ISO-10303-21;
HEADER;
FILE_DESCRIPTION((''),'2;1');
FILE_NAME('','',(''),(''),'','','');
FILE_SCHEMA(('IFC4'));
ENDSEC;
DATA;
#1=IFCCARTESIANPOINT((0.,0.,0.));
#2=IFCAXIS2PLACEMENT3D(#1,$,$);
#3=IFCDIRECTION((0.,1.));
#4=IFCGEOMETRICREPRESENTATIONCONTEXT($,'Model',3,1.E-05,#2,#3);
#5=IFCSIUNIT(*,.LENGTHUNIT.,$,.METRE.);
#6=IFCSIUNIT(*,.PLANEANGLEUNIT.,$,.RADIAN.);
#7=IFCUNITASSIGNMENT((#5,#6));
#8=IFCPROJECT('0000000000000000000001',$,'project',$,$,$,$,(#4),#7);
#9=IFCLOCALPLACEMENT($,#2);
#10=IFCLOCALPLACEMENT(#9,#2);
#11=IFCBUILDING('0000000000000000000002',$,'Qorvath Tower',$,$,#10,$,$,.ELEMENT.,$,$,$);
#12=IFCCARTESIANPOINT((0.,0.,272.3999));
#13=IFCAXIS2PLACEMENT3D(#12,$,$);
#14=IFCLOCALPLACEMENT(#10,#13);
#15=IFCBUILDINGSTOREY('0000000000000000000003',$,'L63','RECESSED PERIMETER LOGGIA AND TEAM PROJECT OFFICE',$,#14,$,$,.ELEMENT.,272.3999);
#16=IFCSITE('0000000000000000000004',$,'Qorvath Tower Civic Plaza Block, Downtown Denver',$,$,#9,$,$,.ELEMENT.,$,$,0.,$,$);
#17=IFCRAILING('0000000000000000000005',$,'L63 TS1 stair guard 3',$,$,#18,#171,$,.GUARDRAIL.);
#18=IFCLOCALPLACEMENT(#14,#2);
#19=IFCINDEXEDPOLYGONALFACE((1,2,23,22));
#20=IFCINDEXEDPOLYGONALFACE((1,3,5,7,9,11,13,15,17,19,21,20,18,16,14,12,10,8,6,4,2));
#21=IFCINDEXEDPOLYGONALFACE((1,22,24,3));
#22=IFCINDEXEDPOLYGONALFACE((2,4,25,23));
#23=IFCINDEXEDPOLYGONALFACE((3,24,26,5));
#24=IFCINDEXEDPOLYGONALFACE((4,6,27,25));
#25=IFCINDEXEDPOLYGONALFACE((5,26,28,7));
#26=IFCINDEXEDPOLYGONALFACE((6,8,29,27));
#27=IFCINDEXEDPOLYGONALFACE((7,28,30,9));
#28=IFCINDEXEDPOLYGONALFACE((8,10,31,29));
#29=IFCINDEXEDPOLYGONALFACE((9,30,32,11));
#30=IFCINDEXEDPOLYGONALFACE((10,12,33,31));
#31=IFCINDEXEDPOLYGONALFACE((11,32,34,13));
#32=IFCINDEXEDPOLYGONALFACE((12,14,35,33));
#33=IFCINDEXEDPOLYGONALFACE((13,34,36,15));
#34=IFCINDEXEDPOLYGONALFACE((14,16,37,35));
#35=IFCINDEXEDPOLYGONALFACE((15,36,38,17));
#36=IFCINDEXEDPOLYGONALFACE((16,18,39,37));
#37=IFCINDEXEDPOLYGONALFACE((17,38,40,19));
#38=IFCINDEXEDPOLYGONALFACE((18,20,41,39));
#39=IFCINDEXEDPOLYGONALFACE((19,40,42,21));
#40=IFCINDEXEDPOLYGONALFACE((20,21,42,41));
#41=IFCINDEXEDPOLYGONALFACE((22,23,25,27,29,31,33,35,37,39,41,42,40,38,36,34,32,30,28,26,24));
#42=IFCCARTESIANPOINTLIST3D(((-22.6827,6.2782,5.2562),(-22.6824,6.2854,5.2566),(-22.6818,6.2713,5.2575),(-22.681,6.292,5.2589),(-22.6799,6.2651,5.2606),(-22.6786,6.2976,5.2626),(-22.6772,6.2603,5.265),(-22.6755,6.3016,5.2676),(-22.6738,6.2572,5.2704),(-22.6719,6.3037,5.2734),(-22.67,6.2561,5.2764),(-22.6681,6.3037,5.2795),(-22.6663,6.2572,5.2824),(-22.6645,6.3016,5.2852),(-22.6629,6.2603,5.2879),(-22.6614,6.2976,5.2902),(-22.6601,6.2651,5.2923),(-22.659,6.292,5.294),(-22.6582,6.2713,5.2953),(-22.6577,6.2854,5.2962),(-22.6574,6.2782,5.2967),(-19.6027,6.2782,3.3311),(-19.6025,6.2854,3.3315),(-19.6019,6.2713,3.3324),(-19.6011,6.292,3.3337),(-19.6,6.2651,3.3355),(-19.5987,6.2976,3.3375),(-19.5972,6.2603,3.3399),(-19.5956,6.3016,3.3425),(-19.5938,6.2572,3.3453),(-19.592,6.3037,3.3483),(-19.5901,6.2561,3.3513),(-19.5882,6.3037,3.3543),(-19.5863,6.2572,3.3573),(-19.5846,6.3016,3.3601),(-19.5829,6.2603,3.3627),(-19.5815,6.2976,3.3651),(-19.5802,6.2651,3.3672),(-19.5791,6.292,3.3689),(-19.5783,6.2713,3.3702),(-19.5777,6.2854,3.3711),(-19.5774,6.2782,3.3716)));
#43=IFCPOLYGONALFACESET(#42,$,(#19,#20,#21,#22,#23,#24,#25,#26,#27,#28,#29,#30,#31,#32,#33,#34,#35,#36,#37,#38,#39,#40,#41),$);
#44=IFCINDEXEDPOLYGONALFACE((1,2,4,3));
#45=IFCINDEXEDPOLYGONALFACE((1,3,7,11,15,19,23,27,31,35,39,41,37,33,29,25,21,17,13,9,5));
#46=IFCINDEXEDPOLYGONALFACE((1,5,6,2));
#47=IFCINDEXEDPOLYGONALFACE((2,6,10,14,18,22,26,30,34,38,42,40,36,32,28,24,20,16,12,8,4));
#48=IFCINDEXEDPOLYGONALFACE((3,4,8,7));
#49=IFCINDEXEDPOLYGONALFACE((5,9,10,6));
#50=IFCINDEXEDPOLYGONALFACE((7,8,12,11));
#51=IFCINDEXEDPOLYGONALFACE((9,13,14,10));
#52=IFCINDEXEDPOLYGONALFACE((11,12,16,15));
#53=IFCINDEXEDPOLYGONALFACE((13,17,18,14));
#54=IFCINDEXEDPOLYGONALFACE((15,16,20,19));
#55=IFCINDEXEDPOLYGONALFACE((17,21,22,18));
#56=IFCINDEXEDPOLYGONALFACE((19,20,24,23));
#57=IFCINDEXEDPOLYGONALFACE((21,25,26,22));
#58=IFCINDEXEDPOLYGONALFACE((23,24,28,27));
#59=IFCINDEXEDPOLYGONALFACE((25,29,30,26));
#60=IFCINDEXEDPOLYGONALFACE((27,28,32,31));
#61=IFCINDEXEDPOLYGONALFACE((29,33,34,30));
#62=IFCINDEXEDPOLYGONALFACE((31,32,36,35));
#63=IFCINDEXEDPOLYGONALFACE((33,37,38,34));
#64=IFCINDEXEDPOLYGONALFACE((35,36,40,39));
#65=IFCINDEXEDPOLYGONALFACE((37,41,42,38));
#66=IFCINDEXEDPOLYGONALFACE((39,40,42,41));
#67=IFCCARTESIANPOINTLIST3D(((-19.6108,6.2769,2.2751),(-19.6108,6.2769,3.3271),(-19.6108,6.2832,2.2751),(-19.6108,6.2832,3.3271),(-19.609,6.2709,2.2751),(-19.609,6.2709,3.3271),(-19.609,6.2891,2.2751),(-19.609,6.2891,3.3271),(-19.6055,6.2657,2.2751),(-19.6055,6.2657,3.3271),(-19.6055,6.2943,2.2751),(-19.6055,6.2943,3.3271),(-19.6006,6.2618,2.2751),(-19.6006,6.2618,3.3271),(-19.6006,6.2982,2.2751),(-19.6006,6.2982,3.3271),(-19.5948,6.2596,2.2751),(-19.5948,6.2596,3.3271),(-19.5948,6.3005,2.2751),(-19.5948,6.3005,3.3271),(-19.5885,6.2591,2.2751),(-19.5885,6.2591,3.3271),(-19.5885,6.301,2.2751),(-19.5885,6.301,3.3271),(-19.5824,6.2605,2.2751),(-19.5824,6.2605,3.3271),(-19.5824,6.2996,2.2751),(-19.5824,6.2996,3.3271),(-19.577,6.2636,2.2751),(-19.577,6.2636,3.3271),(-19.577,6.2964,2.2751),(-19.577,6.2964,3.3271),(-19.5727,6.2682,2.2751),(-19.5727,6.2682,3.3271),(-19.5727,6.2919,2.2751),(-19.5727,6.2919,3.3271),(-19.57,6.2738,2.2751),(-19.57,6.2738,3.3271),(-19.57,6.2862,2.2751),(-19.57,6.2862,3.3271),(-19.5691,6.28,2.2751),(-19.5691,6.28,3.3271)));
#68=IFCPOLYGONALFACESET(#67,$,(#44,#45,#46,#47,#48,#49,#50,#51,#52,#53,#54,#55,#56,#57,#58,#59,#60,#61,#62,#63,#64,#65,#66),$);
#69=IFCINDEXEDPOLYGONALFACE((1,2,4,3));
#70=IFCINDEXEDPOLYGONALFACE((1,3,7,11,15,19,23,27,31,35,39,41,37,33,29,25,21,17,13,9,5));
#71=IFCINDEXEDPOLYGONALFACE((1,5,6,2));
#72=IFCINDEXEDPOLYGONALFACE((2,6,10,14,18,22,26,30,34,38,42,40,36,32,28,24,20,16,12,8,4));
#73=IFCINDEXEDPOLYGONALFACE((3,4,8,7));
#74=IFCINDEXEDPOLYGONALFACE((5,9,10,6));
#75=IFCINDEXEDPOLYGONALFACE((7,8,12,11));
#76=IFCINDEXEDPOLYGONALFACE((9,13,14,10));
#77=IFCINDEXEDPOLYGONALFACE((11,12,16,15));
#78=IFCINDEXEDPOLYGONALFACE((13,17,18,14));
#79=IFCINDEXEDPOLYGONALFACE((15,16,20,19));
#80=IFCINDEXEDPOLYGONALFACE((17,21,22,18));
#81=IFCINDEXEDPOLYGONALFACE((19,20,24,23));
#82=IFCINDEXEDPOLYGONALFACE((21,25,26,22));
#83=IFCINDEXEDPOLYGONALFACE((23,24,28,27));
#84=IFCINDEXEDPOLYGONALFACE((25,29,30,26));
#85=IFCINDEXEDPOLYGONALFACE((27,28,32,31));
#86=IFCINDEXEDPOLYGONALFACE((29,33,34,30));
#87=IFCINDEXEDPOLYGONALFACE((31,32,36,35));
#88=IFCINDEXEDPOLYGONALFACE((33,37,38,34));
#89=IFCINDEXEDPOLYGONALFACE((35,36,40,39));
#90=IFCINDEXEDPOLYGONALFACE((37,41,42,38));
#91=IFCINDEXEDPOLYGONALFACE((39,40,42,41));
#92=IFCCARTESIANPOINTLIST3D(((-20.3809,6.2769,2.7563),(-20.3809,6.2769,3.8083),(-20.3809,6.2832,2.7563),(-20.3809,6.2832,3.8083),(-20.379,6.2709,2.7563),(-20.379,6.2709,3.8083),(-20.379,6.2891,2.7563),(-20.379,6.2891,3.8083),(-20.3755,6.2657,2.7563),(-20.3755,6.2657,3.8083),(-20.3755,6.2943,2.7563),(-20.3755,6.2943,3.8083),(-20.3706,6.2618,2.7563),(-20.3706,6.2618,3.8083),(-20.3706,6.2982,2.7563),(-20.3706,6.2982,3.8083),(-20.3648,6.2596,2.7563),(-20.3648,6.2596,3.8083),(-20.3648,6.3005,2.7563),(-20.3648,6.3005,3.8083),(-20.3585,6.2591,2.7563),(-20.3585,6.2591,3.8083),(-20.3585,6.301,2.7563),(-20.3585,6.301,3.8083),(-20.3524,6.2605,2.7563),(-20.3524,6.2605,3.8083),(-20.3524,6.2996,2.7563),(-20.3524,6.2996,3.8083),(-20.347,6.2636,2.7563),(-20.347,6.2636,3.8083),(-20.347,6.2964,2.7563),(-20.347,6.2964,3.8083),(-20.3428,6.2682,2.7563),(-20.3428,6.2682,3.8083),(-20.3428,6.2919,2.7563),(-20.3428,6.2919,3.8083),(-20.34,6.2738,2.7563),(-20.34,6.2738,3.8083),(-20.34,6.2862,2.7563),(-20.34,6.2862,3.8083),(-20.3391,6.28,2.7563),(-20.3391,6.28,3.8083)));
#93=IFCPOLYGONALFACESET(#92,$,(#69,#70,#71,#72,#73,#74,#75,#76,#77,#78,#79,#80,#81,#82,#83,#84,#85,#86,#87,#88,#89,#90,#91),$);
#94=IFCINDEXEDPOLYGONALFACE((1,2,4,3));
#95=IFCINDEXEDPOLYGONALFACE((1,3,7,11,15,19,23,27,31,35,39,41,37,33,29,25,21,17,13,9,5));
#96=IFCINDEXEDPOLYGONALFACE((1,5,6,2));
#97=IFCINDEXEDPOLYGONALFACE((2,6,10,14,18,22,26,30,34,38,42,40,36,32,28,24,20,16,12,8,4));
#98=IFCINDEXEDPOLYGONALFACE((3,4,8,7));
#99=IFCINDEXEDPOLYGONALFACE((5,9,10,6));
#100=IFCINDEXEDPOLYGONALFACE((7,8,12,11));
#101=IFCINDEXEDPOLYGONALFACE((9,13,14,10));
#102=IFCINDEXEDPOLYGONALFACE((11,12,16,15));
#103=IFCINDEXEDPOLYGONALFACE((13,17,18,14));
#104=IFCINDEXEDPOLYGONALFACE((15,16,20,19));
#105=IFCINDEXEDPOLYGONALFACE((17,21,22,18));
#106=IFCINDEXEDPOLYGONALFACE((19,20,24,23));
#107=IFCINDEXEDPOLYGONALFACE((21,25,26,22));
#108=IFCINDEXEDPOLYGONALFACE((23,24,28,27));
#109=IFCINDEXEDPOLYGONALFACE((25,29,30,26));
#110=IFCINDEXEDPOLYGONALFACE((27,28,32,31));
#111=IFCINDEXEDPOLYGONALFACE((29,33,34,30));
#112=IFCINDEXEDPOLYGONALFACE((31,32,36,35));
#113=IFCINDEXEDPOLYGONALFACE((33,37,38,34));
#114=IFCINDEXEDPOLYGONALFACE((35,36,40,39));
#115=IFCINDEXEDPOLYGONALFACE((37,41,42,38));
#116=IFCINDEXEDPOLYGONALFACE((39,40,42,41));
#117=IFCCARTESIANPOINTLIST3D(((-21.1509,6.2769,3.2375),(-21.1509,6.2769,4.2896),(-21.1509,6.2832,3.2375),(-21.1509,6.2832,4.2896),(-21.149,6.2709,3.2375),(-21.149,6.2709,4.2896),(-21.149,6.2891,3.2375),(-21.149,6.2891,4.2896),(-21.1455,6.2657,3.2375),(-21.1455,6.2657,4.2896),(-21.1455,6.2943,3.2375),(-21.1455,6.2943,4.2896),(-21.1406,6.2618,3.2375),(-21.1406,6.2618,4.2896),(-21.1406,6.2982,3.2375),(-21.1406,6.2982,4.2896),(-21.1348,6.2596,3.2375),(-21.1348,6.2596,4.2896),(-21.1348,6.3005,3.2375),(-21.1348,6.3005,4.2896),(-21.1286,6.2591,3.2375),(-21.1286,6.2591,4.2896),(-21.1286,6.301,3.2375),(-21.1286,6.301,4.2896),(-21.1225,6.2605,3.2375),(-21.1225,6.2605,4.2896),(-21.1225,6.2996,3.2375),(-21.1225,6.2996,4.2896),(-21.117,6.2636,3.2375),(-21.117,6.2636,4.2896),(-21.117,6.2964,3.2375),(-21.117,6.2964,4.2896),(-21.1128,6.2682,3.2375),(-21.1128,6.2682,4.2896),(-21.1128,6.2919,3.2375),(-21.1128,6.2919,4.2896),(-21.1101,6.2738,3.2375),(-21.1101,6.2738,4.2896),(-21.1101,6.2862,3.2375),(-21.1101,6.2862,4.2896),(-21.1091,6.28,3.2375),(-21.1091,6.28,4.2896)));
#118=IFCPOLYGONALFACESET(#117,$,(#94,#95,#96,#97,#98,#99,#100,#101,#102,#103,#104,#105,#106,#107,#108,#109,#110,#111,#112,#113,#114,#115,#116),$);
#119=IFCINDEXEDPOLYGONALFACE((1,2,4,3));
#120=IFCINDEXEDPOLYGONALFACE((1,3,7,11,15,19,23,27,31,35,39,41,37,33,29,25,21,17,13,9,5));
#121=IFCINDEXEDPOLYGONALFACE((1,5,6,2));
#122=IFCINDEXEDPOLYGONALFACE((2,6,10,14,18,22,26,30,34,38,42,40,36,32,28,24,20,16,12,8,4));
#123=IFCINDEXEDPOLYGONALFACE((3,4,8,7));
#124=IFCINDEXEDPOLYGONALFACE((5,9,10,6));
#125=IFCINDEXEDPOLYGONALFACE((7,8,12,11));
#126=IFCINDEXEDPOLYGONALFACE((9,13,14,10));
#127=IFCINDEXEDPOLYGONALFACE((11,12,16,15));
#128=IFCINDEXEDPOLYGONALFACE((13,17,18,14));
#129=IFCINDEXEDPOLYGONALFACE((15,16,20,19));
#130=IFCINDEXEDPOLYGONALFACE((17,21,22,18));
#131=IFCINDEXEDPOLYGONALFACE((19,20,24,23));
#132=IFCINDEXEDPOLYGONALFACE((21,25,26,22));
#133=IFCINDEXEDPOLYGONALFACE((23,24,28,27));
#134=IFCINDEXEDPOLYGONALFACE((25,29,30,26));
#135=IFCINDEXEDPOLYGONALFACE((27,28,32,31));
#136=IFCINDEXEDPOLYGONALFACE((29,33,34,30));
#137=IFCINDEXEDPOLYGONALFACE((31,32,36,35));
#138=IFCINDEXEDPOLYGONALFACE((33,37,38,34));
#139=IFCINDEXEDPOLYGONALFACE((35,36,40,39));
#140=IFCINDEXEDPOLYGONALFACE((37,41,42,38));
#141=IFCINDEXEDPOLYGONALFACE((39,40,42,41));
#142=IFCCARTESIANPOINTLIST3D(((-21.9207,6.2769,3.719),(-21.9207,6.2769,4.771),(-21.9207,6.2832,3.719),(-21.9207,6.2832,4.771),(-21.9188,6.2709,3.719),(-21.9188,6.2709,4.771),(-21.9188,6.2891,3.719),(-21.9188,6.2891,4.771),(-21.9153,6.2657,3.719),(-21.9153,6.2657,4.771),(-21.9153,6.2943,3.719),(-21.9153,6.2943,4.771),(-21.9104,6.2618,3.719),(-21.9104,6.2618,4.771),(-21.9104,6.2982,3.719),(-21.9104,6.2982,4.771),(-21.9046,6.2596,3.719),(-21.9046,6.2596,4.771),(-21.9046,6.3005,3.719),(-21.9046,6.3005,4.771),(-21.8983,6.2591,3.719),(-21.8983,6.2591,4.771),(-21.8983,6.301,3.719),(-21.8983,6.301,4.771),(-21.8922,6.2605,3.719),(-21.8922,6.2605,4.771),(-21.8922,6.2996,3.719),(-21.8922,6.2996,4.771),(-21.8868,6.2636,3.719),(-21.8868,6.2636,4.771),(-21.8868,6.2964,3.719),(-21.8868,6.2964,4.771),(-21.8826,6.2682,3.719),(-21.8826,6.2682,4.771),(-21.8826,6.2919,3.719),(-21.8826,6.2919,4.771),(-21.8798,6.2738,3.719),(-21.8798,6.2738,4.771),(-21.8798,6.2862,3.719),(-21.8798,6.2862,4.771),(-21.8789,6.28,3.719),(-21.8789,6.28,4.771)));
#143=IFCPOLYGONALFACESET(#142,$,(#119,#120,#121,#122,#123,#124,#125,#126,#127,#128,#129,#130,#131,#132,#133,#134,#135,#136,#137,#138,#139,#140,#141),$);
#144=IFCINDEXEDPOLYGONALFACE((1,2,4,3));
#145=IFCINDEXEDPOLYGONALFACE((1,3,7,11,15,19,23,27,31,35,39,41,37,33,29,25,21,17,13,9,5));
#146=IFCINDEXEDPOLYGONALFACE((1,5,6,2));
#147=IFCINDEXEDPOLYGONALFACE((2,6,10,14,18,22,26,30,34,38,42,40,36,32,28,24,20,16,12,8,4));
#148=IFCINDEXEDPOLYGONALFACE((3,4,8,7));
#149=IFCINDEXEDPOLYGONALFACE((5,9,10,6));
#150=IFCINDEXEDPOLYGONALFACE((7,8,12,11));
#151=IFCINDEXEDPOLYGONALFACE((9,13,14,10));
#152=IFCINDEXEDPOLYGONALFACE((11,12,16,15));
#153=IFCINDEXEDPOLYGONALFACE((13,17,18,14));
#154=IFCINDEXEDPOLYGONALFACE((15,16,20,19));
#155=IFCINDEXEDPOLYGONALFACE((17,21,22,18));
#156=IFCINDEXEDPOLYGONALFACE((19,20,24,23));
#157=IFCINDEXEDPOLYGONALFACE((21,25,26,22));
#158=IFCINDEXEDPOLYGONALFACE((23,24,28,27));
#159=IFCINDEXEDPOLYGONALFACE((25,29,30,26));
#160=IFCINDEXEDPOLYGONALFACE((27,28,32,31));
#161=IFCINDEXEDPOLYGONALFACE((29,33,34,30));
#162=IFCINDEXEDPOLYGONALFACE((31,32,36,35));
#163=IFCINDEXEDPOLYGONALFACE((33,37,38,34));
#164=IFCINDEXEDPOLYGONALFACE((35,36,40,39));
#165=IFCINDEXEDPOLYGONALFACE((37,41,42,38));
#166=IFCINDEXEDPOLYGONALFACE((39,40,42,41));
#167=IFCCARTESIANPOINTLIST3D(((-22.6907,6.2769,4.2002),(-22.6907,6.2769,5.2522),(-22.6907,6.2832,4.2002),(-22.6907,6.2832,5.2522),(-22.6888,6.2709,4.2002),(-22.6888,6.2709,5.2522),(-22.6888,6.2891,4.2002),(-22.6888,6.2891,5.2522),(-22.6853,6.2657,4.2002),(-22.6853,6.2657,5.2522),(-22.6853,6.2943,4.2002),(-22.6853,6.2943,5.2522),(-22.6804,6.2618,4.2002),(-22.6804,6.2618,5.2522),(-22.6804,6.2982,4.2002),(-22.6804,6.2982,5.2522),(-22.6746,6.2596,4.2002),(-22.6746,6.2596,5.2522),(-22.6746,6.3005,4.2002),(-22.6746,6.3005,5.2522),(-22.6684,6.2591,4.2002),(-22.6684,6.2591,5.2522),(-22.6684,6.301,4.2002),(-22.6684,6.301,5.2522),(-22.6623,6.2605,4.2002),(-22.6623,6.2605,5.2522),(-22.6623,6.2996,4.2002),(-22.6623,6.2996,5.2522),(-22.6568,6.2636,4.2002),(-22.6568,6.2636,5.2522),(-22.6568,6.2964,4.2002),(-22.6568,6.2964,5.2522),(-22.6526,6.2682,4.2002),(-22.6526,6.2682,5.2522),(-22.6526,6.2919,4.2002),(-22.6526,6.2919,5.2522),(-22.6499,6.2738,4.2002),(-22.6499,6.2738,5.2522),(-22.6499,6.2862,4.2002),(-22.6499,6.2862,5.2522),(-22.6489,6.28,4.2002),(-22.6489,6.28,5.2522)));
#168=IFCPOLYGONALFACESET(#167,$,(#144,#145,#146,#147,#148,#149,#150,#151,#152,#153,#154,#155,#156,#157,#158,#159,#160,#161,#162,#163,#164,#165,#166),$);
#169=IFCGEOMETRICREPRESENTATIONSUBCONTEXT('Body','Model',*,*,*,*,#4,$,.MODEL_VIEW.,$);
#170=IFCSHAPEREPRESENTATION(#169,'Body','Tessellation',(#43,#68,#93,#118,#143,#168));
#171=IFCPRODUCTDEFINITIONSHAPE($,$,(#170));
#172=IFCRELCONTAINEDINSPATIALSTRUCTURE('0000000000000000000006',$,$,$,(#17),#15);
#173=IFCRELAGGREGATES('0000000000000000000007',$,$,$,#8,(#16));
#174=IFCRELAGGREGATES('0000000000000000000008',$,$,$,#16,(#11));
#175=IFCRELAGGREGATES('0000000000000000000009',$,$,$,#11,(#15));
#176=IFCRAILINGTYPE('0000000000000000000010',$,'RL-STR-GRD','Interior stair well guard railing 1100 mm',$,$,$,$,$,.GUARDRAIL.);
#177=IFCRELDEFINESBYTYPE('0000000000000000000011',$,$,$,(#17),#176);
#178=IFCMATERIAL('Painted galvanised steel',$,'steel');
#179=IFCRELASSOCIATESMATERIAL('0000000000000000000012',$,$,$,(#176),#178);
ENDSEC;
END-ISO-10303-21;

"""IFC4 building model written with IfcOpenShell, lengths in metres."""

from ifc_helpers import new_model, si_unit, direction, frame, origin, origin_2d, place, context, subcontext, project, spatial, circle, extrude, material, type_object, element, save


model = new_model("IFC4")

# Units and contexts
model_context = context("Model", 3, precision=1e-05, world=origin(), true_north=direction((0.0, 1.0)))
body_context = subcontext(model_context, "Body", "Model", "MODEL_VIEW")
ifc_project = project(units=[si_unit("LENGTHUNIT", "METRE"), si_unit("PLANEANGLEUNIT", "RADIAN")], contexts=[model_context])

# Site, building, storey
site_placement = place(None, origin())
site = spatial("IfcSite", under=ifc_project, at=site_placement, Name="Qorvath Tower Civic Plaza Block, Downtown Denver", CompositionType="ELEMENT", RefElevation=0.0)
building_placement = place(site_placement, origin())
building = spatial("IfcBuilding", under=site, at=building_placement, Name="Qorvath Tower", CompositionType="ELEMENT")
storey_placement = place(building_placement, frame((0.0, 0.0, 272.3999)))
storey = spatial("IfcBuildingStorey", under=building, at=storey_placement, Name="L63", Description="RECESSED PERIMETER LOGGIA AND TEAM PROJECT OFFICE", CompositionType="ELEMENT", Elevation=272.3999)

# Railing
ifc_material_1 = material(Name="Painted galvanised steel", Category="steel")
railing_type_1 = type_object("IfcRailingType", Name="RL-STR-GRD", Description="Interior stair well guard railing 1100 mm", PredefinedType="GUARDRAIL", material=ifc_material_1)
railing_1_placement = place(storey_placement, frame((-19.5901, 6.28, 2.2751)))
element("IfcRailing", 1, at=railing_1_placement, inside=storey, type_object=railing_type_1, Name="L63 TS1 stair guard 3", PredefinedType="GUARDRAIL", context=body_context, shape_type="SweptSolid", body=[
    extrude(circle(Radius=0.0239, at=origin_2d()), frame((0.0, 0.0, 1.0762), z_axis=(-0.847979, 0.0, 0.530029), x_axis=(0.0, -1.0, 0.0)), (0.0, 0.0, 1.0), 3.6321),
    extrude(circle(Radius=0.021, at=origin_2d()), origin(), (0.0, 0.0, 1.0), 1.052),
    extrude(circle(Radius=0.021, at=origin_2d()), frame((-0.77, 0.0, 0.4812)), (0.0, 0.0, 1.0), 1.052),
    extrude(circle(Radius=0.021, at=origin_2d()), frame((-1.54, 0.0, 0.9624)), (0.0, 0.0, 1.0), 1.052),
    extrude(circle(Radius=0.021, at=origin_2d()), frame((-2.3098, 0.0, 1.4438)), (0.0, 0.0, 1.0), 1.052),
    extrude(circle(Radius=0.021, at=origin_2d()), frame((-3.0798, 0.0, 1.925)), (0.0, 0.0, 1.0), 1.052),
])

save(model, "model.ifc")
